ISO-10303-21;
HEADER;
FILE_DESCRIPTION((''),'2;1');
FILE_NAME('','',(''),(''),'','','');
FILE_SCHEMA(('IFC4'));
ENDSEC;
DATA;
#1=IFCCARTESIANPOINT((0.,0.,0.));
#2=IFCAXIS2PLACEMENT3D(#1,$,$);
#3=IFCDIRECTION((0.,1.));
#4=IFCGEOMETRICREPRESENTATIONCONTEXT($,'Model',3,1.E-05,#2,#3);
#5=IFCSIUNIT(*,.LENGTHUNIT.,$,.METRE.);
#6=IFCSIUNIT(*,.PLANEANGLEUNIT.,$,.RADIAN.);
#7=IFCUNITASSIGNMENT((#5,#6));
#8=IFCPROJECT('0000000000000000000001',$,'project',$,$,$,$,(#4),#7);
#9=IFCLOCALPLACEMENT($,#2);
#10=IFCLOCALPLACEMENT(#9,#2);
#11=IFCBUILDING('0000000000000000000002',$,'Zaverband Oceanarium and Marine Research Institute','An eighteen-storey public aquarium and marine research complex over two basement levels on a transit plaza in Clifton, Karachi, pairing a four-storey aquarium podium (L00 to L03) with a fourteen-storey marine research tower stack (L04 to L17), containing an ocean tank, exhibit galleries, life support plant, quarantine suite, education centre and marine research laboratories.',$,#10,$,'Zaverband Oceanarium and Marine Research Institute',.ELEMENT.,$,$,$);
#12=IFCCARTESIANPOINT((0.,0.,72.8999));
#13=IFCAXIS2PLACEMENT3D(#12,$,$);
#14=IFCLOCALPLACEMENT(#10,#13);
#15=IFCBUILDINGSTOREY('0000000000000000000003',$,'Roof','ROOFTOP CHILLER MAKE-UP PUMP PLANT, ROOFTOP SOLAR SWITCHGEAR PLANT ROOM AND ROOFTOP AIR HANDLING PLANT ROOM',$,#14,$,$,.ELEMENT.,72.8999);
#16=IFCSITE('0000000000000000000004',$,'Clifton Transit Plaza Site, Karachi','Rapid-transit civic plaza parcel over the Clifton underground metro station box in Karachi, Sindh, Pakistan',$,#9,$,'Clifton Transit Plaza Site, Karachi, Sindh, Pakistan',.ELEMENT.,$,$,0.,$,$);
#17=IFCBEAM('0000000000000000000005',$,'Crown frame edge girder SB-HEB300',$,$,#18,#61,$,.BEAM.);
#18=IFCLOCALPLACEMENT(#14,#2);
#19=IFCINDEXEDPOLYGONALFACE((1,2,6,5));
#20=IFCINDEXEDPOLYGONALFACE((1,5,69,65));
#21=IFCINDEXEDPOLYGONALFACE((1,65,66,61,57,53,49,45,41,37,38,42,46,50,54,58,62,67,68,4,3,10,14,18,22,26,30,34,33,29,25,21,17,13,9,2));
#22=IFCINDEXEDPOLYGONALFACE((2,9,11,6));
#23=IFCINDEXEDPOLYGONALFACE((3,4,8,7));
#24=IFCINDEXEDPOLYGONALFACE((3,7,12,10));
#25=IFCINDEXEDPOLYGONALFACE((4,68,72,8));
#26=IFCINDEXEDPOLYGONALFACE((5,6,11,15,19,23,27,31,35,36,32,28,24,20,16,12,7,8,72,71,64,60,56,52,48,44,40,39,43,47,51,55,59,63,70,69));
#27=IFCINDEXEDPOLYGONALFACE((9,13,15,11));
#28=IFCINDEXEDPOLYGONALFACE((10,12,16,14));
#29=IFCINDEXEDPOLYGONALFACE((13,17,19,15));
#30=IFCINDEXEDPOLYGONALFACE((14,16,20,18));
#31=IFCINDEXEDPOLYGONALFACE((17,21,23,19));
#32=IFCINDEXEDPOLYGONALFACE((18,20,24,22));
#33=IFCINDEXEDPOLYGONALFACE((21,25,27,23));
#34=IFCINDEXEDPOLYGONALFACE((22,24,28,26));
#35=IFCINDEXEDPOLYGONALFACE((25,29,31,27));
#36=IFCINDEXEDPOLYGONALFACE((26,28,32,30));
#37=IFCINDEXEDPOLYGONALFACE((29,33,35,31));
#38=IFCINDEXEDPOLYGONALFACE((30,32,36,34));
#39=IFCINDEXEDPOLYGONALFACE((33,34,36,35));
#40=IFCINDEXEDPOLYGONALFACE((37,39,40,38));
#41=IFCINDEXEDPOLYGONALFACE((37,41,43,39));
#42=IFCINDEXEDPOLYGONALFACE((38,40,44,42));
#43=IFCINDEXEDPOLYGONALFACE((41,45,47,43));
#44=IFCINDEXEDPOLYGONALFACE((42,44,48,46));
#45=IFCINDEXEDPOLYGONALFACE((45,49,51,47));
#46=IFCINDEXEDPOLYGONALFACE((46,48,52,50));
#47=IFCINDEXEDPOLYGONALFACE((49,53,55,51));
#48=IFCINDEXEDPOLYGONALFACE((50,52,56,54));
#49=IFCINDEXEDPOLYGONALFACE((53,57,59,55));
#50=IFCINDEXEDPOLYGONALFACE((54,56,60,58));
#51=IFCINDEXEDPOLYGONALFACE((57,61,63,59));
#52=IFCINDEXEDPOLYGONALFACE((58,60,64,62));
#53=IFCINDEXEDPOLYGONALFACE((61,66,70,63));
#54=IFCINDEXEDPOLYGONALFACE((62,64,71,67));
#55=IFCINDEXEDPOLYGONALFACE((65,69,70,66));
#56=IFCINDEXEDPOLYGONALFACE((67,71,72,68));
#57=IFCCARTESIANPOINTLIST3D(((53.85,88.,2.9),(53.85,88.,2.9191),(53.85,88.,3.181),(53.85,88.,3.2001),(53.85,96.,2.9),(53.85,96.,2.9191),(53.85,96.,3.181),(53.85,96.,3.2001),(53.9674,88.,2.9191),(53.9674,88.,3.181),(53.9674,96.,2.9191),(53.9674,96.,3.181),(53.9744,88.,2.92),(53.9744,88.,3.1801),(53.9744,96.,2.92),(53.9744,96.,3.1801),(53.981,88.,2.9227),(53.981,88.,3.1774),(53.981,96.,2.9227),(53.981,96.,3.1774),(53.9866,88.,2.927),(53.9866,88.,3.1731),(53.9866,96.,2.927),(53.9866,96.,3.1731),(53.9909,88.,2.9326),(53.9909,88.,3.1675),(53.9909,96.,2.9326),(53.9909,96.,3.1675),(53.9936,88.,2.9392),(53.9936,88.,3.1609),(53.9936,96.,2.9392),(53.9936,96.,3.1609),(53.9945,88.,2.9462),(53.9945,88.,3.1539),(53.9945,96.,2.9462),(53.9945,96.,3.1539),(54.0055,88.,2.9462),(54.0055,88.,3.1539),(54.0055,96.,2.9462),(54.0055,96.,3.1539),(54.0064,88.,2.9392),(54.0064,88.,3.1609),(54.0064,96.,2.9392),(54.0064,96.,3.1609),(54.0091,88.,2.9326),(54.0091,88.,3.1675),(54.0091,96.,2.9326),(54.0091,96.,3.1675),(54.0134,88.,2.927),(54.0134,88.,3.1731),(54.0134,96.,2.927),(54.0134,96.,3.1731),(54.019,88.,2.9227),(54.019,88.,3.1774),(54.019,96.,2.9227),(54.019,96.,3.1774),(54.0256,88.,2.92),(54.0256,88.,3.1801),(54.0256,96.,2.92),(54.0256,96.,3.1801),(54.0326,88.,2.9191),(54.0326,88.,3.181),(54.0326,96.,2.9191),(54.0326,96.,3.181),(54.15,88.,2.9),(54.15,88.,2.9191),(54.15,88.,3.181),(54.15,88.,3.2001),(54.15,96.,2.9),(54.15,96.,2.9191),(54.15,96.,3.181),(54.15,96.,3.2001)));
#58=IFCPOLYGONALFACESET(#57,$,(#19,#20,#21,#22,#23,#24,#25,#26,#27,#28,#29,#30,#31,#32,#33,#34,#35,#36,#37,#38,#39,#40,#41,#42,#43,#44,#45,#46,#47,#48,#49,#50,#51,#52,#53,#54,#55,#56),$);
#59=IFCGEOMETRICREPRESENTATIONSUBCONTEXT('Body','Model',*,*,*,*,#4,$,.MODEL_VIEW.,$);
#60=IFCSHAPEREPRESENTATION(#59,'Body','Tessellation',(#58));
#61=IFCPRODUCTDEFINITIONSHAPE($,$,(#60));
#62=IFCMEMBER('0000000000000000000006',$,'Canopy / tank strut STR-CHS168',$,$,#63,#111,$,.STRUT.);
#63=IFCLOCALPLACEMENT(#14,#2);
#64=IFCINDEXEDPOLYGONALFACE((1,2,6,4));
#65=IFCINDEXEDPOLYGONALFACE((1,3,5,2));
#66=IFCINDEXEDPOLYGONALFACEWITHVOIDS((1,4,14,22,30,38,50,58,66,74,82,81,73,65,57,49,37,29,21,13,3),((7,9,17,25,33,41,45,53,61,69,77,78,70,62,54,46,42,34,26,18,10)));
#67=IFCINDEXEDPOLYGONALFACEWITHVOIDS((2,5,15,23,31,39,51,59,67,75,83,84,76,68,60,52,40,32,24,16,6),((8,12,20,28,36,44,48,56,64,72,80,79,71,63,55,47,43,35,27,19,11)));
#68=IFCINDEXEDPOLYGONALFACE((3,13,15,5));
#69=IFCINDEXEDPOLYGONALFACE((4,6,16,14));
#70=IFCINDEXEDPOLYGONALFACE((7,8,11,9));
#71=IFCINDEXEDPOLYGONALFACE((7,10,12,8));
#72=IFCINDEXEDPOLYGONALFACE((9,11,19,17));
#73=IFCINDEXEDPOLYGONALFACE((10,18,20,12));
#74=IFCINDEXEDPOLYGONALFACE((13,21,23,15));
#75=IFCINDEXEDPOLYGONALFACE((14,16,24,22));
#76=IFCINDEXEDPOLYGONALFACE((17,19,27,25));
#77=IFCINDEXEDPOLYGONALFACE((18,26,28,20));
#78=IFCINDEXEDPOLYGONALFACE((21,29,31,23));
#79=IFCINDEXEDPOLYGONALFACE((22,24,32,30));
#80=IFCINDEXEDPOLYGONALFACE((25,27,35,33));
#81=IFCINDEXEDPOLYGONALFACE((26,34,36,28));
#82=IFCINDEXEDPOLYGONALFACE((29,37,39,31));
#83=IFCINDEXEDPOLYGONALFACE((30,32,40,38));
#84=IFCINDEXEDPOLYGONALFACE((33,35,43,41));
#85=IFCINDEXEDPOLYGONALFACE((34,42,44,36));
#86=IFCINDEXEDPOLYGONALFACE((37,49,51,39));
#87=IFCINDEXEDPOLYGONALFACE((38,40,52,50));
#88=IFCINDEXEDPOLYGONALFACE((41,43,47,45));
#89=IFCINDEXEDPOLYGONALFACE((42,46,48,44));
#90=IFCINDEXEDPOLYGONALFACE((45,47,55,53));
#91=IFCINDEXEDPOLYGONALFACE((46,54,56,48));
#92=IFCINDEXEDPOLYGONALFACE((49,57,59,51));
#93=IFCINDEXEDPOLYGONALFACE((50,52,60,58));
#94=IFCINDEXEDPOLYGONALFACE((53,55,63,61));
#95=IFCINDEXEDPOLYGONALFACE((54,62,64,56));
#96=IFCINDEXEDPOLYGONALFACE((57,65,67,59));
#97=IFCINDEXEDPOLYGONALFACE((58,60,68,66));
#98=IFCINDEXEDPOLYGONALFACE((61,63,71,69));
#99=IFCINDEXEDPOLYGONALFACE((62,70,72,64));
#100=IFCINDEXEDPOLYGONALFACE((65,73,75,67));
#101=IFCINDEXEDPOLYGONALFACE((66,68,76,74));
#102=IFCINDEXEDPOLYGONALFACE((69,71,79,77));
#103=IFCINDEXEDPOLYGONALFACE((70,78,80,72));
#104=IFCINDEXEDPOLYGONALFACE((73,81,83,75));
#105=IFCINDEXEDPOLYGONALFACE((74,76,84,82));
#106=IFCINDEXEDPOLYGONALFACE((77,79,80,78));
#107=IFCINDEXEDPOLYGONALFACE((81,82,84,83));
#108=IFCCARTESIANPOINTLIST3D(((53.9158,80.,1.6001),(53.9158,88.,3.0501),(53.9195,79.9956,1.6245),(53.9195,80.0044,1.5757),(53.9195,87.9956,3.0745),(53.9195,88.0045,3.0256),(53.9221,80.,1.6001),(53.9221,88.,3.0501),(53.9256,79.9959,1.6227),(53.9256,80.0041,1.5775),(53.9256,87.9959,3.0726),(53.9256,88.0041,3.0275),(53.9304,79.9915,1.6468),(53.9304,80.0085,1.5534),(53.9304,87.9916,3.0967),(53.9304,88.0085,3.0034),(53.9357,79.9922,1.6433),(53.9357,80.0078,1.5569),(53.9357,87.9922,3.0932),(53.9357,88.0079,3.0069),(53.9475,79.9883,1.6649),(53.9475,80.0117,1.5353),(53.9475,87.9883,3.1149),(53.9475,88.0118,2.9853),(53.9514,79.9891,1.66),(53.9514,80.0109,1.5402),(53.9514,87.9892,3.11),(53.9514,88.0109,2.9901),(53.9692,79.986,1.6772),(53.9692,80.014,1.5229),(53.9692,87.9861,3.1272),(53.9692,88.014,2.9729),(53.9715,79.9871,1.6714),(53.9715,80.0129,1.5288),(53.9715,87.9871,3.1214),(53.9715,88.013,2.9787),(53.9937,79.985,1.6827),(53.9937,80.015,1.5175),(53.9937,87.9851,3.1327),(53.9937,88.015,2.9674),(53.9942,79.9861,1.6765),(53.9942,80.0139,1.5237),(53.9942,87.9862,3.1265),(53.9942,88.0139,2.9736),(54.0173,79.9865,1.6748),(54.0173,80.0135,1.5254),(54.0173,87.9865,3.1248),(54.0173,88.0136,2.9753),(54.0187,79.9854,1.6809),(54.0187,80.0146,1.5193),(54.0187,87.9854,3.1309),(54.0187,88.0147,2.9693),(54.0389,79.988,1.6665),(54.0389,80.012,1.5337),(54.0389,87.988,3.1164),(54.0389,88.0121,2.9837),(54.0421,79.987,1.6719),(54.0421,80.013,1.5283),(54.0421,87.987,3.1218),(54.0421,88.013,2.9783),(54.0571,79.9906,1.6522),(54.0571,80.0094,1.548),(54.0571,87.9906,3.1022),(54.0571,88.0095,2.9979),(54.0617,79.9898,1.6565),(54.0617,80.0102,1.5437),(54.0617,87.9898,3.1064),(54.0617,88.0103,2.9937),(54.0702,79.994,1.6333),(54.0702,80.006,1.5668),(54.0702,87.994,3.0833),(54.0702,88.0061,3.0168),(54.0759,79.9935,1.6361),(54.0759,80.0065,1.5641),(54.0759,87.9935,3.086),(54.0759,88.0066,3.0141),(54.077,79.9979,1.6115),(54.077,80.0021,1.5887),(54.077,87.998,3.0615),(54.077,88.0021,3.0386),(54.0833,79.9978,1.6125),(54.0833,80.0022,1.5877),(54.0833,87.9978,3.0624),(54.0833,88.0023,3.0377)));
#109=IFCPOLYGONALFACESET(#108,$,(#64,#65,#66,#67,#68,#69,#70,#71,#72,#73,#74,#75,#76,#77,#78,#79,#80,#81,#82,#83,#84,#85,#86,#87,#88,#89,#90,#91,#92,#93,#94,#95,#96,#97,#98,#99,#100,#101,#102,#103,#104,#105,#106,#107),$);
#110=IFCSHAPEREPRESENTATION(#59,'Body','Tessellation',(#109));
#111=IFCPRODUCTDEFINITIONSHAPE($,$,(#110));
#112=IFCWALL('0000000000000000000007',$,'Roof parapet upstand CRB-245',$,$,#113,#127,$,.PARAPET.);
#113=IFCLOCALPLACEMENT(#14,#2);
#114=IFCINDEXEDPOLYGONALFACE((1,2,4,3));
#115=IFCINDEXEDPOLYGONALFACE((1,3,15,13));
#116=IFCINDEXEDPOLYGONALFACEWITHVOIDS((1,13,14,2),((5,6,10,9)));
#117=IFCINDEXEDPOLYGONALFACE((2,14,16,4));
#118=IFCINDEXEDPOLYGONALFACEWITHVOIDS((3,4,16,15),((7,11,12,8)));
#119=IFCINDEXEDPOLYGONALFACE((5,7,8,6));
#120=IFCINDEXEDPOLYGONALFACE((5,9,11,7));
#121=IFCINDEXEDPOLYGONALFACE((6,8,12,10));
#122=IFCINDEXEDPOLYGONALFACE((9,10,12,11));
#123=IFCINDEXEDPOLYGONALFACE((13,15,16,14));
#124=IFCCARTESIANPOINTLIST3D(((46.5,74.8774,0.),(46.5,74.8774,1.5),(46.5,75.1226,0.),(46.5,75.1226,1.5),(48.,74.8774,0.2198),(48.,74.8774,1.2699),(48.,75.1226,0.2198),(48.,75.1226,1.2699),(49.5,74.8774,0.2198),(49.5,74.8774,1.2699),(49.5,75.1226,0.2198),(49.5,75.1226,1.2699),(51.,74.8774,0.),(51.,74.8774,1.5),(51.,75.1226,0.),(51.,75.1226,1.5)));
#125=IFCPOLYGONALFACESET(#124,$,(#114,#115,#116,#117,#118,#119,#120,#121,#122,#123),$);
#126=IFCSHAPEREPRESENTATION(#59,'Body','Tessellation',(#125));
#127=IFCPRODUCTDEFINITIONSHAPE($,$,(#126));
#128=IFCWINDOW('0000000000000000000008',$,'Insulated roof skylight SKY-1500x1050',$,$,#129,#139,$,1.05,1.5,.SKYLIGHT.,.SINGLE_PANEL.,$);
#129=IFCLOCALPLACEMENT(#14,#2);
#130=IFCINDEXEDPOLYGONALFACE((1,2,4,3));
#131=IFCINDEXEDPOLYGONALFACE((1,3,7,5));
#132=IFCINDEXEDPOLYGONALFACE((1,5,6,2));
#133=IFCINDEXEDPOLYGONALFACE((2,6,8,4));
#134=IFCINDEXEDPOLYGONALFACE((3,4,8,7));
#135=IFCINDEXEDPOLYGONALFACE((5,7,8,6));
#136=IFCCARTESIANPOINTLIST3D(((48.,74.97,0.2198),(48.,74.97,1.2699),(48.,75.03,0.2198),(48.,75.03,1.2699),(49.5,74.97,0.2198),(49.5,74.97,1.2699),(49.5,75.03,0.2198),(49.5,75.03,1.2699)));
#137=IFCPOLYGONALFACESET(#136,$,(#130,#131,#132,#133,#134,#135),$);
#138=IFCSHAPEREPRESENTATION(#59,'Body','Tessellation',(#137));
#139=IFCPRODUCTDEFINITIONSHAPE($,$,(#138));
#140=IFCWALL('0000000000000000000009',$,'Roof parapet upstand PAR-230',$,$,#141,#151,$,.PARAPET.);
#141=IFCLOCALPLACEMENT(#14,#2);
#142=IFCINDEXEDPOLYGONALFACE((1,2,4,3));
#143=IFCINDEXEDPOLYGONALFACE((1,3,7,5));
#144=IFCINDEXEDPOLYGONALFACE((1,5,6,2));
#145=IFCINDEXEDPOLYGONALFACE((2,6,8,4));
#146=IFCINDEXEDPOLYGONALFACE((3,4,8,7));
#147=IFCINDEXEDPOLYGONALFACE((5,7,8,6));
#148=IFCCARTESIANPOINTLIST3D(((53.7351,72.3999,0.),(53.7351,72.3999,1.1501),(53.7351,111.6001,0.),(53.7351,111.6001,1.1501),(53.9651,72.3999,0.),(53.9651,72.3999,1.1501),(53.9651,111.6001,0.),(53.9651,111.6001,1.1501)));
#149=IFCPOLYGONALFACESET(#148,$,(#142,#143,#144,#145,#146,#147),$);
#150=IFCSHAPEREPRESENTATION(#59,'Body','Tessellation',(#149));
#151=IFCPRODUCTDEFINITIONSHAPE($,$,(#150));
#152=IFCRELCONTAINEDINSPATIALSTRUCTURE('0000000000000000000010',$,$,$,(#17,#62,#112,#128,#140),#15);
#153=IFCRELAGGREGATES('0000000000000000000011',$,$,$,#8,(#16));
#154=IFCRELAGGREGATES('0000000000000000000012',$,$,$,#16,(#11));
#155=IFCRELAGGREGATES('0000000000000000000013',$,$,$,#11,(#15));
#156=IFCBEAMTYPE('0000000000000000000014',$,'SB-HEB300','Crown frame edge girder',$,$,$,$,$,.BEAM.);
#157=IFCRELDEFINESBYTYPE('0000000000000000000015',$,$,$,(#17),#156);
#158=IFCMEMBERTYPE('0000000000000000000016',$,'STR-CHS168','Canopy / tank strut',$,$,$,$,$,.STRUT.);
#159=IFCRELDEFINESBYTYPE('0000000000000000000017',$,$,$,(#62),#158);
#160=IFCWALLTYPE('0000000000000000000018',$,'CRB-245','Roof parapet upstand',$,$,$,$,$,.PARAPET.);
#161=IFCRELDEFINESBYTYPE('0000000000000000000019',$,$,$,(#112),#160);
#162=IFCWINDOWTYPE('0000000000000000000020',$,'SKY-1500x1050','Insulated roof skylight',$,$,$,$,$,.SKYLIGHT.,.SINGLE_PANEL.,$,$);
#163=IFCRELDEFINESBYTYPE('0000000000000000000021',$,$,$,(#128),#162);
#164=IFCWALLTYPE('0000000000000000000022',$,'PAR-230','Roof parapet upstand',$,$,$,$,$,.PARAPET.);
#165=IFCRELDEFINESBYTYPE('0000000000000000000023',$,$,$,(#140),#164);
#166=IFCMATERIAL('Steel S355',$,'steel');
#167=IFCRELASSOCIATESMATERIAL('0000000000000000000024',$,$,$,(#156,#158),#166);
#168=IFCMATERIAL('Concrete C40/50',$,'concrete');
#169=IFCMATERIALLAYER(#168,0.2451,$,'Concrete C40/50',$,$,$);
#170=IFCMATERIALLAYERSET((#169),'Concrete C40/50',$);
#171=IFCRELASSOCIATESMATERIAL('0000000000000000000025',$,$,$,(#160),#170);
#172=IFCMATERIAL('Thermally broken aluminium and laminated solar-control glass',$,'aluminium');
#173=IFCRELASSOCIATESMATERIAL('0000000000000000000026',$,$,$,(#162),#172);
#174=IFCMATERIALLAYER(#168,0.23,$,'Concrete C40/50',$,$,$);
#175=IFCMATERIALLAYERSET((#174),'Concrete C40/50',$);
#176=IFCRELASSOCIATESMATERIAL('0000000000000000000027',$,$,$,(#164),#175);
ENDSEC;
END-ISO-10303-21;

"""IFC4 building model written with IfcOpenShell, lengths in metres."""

from ifc_helpers import new_model, si_unit, direction, frame, frame_2d, origin, origin_2d, place, context, subcontext, project, spatial, rectangle, hollow_circle, i_section, extrude, material, layer, layer_set, material_profile, profile_set, type_object, element, fill, save


model = new_model("IFC4")

# Units and contexts
model_context = context("Model", 3, precision=1e-05, world=origin(), true_north=direction((0.0, 1.0)))
body_context = subcontext(model_context, "Body", "Model", "MODEL_VIEW")
ifc_project = project(units=[si_unit("LENGTHUNIT", "METRE"), si_unit("PLANEANGLEUNIT", "RADIAN")], contexts=[model_context])

# Site, building, storey
site_placement = place(None, origin())
site = spatial("IfcSite", under=ifc_project, at=site_placement, Name="Clifton Transit Plaza Site, Karachi", Description="Rapid-transit civic plaza parcel over the Clifton underground metro station box in Karachi, Sindh, Pakistan", LongName="Clifton Transit Plaza Site, Karachi, Sindh, Pakistan", CompositionType="ELEMENT", RefElevation=0.0)
building_placement = place(site_placement, origin())
building = spatial("IfcBuilding", under=site, at=building_placement, Name="Zaverband Oceanarium and Marine Research Institute", Description="An eighteen-storey public aquarium and marine research complex over two basement levels on a transit plaza in Clifton, Karachi, pairing a four-storey aquarium podium (L00 to L03) with a fourteen-storey marine research tower stack (L04 to L17), containing an ocean tank, exhibit galleries, life support plant, quarantine suite, education centre and marine research laboratories.", LongName="Zaverband Oceanarium and Marine Research Institute", CompositionType="ELEMENT")
storey_placement = place(building_placement, frame((0.0, 0.0, 72.8999)))
storey = spatial("IfcBuildingStorey", under=building, at=storey_placement, Name="Roof", Description="ROOFTOP CHILLER MAKE-UP PUMP PLANT, ROOFTOP SOLAR SWITCHGEAR PLANT ROOM AND ROOFTOP AIR HANDLING PLANT ROOM", CompositionType="ELEMENT", Elevation=72.8999)

# Shared definitions
ifc_material_1 = material(Name="Steel S355", Category="steel")

# Beam
ifc_material_profile_1 = material_profile(ifc_material_1, i_section(OverallWidth=0.3, OverallDepth=0.3, WebThickness=0.011, FlangeThickness=0.019, FilletRadius=0.0271, at=origin_2d()), Name="HEB300")
ifc_profile_set_1 = profile_set([ifc_material_profile_1], Name="Steel S355")
beam_type = type_object("IfcBeamType", Name="SB-HEB300", Description="Crown frame edge girder", PredefinedType="BEAM", material=ifc_profile_set_1)
for number, where, z_axis, x_axis, name in (
    (1, (54.0, 88.0, 3.05), (0.0, 1.0, 0.0), (-1.0, 0.0, 0.0), "Crown frame edge girder SB-HEB300"),
):
    element("IfcBeam", number, at=place(storey_placement, frame(where, z_axis=z_axis, x_axis=x_axis)), inside=storey, type_object=beam_type, Name=name, PredefinedType="BEAM", context=body_context, shape_type="SweptSolid", body=[
        extrude(i_section(OverallWidth=0.3, OverallDepth=0.3, WebThickness=0.011, FlangeThickness=0.019, FilletRadius=0.0271, at=origin_2d()), origin(), (0.0, 0.0, 1.0), 8.0),
    ])

# Member
ifc_material_profile_2 = material_profile(ifc_material_1, hollow_circle(Radius=0.0842, WallThickness=0.0063, at=origin_2d()), Name="CHS168x6.3")
ifc_profile_set_2 = profile_set([ifc_material_profile_2], Name="Steel S355")
member_type_1 = type_object("IfcMemberType", Name="STR-CHS168", Description="Canopy / tank strut", PredefinedType="STRUT", material=ifc_profile_set_2)
member_1_placement = place(storey_placement, frame((54.0, 80.0, 1.6001), z_axis=(0.0, 0.983969, 0.178338), x_axis=(-1.0, 0.0, 0.0)))
element("IfcMember", 2, at=member_1_placement, inside=storey, type_object=member_type_1, Name="Canopy / tank strut STR-CHS168", PredefinedType="STRUT", context=body_context, shape_type="SweptSolid", body=[
    extrude(hollow_circle(Radius=0.0842, WallThickness=0.0063, at=origin_2d()), origin(), (0.0, 0.0, 1.0), 8.1304),
])

# Wall, opening, window
ifc_material_2 = material(Name="Concrete C40/50", Category="concrete")
ifc_layer_1 = layer(ifc_material_2, 0.2451, Name="Concrete C40/50")
ifc_layer_set_1 = layer_set([ifc_layer_1], Name="Concrete C40/50")
wall_type_1 = type_object("IfcWallType", Name="CRB-245", Description="Roof parapet upstand", PredefinedType="PARAPET", material=ifc_layer_set_1)
wall_1_placement = place(storey_placement, frame((46.5, 75.0, 0.0), z_axis=(0.0, 0.0, 1.0), x_axis=(1.0, 0.0, 0.0)))
wall_1 = element("IfcWall", 3, at=wall_1_placement, inside=storey, type_object=wall_type_1, Name="Roof parapet upstand CRB-245", PredefinedType="PARAPET", context=body_context, shape_type="SweptSolid", body=[
    extrude(rectangle(XDim=4.5, YDim=0.2451, at=frame_2d((2.25, 0.0))), origin(), (0.0, 0.0, 1.0), 1.5),
])
opening_1_placement = place(wall_1_placement, frame((1.5, 0.0, 0.22)))
opening_1 = element("IfcOpeningElement", 4, at=opening_1_placement, cuts=wall_1, PredefinedType="OPENING", context=body_context, shape_type="SweptSolid", body=[
    extrude(rectangle(XDim=1.5, YDim=1.05, at=frame_2d((0.75, 0.5249))), frame((0.0, 0.1345, 0.0), z_axis=(0.0, -1.0, 0.0), x_axis=(1.0, 0.0, 0.0)), (0.0, 0.0, 1.0), 0.269),
])
ifc_material_3 = material(Name="Thermally broken aluminium and laminated solar-control glass", Category="aluminium")
window_type = type_object("IfcWindowType", Name="SKY-1500x1050", Description="Insulated roof skylight", PartitioningType="SINGLE_PANEL", PredefinedType="SKYLIGHT", material=ifc_material_3)
window_placement = place(opening_1_placement, origin())
window = element("IfcWindow", 5, at=window_placement, inside=storey, type_object=window_type, Name="Insulated roof skylight SKY-1500x1050", OverallHeight=1.05, OverallWidth=1.5, PartitioningType="SINGLE_PANEL", PredefinedType="SKYLIGHT", context=body_context, shape_type="SweptSolid", body=[
    extrude(rectangle(XDim=1.5, YDim=1.05, at=frame_2d((0.75, 0.5249))), frame((0.0, 0.03, 0.0), z_axis=(0.0, -1.0, 0.0), x_axis=(1.0, 0.0, 0.0)), (0.0, 0.0, 1.0), 0.0601),
])
fill(opening_1, window)

# Wall
ifc_layer_2 = layer(ifc_material_2, 0.23, Name="Concrete C40/50")
ifc_layer_set_2 = layer_set([ifc_layer_2], Name="Concrete C40/50")
wall_type_2 = type_object("IfcWallType", Name="PAR-230", Description="Roof parapet upstand", PredefinedType="PARAPET", material=ifc_layer_set_2)
wall_2_placement = place(storey_placement, frame((53.8501, 72.3999, 0.0), z_axis=(0.0, 0.0, 1.0), x_axis=(0.0, 1.0, 0.0)))
element("IfcWall", 6, at=wall_2_placement, inside=storey, type_object=wall_type_2, Name="Roof parapet upstand PAR-230", PredefinedType="PARAPET", context=body_context, shape_type="SweptSolid", body=[
    extrude(rectangle(XDim=39.2002, YDim=0.23, at=frame_2d((19.6001, 0.0))), origin(), (0.0, 0.0, 1.0), 1.1501),
])

save(model, "model.ifc")
